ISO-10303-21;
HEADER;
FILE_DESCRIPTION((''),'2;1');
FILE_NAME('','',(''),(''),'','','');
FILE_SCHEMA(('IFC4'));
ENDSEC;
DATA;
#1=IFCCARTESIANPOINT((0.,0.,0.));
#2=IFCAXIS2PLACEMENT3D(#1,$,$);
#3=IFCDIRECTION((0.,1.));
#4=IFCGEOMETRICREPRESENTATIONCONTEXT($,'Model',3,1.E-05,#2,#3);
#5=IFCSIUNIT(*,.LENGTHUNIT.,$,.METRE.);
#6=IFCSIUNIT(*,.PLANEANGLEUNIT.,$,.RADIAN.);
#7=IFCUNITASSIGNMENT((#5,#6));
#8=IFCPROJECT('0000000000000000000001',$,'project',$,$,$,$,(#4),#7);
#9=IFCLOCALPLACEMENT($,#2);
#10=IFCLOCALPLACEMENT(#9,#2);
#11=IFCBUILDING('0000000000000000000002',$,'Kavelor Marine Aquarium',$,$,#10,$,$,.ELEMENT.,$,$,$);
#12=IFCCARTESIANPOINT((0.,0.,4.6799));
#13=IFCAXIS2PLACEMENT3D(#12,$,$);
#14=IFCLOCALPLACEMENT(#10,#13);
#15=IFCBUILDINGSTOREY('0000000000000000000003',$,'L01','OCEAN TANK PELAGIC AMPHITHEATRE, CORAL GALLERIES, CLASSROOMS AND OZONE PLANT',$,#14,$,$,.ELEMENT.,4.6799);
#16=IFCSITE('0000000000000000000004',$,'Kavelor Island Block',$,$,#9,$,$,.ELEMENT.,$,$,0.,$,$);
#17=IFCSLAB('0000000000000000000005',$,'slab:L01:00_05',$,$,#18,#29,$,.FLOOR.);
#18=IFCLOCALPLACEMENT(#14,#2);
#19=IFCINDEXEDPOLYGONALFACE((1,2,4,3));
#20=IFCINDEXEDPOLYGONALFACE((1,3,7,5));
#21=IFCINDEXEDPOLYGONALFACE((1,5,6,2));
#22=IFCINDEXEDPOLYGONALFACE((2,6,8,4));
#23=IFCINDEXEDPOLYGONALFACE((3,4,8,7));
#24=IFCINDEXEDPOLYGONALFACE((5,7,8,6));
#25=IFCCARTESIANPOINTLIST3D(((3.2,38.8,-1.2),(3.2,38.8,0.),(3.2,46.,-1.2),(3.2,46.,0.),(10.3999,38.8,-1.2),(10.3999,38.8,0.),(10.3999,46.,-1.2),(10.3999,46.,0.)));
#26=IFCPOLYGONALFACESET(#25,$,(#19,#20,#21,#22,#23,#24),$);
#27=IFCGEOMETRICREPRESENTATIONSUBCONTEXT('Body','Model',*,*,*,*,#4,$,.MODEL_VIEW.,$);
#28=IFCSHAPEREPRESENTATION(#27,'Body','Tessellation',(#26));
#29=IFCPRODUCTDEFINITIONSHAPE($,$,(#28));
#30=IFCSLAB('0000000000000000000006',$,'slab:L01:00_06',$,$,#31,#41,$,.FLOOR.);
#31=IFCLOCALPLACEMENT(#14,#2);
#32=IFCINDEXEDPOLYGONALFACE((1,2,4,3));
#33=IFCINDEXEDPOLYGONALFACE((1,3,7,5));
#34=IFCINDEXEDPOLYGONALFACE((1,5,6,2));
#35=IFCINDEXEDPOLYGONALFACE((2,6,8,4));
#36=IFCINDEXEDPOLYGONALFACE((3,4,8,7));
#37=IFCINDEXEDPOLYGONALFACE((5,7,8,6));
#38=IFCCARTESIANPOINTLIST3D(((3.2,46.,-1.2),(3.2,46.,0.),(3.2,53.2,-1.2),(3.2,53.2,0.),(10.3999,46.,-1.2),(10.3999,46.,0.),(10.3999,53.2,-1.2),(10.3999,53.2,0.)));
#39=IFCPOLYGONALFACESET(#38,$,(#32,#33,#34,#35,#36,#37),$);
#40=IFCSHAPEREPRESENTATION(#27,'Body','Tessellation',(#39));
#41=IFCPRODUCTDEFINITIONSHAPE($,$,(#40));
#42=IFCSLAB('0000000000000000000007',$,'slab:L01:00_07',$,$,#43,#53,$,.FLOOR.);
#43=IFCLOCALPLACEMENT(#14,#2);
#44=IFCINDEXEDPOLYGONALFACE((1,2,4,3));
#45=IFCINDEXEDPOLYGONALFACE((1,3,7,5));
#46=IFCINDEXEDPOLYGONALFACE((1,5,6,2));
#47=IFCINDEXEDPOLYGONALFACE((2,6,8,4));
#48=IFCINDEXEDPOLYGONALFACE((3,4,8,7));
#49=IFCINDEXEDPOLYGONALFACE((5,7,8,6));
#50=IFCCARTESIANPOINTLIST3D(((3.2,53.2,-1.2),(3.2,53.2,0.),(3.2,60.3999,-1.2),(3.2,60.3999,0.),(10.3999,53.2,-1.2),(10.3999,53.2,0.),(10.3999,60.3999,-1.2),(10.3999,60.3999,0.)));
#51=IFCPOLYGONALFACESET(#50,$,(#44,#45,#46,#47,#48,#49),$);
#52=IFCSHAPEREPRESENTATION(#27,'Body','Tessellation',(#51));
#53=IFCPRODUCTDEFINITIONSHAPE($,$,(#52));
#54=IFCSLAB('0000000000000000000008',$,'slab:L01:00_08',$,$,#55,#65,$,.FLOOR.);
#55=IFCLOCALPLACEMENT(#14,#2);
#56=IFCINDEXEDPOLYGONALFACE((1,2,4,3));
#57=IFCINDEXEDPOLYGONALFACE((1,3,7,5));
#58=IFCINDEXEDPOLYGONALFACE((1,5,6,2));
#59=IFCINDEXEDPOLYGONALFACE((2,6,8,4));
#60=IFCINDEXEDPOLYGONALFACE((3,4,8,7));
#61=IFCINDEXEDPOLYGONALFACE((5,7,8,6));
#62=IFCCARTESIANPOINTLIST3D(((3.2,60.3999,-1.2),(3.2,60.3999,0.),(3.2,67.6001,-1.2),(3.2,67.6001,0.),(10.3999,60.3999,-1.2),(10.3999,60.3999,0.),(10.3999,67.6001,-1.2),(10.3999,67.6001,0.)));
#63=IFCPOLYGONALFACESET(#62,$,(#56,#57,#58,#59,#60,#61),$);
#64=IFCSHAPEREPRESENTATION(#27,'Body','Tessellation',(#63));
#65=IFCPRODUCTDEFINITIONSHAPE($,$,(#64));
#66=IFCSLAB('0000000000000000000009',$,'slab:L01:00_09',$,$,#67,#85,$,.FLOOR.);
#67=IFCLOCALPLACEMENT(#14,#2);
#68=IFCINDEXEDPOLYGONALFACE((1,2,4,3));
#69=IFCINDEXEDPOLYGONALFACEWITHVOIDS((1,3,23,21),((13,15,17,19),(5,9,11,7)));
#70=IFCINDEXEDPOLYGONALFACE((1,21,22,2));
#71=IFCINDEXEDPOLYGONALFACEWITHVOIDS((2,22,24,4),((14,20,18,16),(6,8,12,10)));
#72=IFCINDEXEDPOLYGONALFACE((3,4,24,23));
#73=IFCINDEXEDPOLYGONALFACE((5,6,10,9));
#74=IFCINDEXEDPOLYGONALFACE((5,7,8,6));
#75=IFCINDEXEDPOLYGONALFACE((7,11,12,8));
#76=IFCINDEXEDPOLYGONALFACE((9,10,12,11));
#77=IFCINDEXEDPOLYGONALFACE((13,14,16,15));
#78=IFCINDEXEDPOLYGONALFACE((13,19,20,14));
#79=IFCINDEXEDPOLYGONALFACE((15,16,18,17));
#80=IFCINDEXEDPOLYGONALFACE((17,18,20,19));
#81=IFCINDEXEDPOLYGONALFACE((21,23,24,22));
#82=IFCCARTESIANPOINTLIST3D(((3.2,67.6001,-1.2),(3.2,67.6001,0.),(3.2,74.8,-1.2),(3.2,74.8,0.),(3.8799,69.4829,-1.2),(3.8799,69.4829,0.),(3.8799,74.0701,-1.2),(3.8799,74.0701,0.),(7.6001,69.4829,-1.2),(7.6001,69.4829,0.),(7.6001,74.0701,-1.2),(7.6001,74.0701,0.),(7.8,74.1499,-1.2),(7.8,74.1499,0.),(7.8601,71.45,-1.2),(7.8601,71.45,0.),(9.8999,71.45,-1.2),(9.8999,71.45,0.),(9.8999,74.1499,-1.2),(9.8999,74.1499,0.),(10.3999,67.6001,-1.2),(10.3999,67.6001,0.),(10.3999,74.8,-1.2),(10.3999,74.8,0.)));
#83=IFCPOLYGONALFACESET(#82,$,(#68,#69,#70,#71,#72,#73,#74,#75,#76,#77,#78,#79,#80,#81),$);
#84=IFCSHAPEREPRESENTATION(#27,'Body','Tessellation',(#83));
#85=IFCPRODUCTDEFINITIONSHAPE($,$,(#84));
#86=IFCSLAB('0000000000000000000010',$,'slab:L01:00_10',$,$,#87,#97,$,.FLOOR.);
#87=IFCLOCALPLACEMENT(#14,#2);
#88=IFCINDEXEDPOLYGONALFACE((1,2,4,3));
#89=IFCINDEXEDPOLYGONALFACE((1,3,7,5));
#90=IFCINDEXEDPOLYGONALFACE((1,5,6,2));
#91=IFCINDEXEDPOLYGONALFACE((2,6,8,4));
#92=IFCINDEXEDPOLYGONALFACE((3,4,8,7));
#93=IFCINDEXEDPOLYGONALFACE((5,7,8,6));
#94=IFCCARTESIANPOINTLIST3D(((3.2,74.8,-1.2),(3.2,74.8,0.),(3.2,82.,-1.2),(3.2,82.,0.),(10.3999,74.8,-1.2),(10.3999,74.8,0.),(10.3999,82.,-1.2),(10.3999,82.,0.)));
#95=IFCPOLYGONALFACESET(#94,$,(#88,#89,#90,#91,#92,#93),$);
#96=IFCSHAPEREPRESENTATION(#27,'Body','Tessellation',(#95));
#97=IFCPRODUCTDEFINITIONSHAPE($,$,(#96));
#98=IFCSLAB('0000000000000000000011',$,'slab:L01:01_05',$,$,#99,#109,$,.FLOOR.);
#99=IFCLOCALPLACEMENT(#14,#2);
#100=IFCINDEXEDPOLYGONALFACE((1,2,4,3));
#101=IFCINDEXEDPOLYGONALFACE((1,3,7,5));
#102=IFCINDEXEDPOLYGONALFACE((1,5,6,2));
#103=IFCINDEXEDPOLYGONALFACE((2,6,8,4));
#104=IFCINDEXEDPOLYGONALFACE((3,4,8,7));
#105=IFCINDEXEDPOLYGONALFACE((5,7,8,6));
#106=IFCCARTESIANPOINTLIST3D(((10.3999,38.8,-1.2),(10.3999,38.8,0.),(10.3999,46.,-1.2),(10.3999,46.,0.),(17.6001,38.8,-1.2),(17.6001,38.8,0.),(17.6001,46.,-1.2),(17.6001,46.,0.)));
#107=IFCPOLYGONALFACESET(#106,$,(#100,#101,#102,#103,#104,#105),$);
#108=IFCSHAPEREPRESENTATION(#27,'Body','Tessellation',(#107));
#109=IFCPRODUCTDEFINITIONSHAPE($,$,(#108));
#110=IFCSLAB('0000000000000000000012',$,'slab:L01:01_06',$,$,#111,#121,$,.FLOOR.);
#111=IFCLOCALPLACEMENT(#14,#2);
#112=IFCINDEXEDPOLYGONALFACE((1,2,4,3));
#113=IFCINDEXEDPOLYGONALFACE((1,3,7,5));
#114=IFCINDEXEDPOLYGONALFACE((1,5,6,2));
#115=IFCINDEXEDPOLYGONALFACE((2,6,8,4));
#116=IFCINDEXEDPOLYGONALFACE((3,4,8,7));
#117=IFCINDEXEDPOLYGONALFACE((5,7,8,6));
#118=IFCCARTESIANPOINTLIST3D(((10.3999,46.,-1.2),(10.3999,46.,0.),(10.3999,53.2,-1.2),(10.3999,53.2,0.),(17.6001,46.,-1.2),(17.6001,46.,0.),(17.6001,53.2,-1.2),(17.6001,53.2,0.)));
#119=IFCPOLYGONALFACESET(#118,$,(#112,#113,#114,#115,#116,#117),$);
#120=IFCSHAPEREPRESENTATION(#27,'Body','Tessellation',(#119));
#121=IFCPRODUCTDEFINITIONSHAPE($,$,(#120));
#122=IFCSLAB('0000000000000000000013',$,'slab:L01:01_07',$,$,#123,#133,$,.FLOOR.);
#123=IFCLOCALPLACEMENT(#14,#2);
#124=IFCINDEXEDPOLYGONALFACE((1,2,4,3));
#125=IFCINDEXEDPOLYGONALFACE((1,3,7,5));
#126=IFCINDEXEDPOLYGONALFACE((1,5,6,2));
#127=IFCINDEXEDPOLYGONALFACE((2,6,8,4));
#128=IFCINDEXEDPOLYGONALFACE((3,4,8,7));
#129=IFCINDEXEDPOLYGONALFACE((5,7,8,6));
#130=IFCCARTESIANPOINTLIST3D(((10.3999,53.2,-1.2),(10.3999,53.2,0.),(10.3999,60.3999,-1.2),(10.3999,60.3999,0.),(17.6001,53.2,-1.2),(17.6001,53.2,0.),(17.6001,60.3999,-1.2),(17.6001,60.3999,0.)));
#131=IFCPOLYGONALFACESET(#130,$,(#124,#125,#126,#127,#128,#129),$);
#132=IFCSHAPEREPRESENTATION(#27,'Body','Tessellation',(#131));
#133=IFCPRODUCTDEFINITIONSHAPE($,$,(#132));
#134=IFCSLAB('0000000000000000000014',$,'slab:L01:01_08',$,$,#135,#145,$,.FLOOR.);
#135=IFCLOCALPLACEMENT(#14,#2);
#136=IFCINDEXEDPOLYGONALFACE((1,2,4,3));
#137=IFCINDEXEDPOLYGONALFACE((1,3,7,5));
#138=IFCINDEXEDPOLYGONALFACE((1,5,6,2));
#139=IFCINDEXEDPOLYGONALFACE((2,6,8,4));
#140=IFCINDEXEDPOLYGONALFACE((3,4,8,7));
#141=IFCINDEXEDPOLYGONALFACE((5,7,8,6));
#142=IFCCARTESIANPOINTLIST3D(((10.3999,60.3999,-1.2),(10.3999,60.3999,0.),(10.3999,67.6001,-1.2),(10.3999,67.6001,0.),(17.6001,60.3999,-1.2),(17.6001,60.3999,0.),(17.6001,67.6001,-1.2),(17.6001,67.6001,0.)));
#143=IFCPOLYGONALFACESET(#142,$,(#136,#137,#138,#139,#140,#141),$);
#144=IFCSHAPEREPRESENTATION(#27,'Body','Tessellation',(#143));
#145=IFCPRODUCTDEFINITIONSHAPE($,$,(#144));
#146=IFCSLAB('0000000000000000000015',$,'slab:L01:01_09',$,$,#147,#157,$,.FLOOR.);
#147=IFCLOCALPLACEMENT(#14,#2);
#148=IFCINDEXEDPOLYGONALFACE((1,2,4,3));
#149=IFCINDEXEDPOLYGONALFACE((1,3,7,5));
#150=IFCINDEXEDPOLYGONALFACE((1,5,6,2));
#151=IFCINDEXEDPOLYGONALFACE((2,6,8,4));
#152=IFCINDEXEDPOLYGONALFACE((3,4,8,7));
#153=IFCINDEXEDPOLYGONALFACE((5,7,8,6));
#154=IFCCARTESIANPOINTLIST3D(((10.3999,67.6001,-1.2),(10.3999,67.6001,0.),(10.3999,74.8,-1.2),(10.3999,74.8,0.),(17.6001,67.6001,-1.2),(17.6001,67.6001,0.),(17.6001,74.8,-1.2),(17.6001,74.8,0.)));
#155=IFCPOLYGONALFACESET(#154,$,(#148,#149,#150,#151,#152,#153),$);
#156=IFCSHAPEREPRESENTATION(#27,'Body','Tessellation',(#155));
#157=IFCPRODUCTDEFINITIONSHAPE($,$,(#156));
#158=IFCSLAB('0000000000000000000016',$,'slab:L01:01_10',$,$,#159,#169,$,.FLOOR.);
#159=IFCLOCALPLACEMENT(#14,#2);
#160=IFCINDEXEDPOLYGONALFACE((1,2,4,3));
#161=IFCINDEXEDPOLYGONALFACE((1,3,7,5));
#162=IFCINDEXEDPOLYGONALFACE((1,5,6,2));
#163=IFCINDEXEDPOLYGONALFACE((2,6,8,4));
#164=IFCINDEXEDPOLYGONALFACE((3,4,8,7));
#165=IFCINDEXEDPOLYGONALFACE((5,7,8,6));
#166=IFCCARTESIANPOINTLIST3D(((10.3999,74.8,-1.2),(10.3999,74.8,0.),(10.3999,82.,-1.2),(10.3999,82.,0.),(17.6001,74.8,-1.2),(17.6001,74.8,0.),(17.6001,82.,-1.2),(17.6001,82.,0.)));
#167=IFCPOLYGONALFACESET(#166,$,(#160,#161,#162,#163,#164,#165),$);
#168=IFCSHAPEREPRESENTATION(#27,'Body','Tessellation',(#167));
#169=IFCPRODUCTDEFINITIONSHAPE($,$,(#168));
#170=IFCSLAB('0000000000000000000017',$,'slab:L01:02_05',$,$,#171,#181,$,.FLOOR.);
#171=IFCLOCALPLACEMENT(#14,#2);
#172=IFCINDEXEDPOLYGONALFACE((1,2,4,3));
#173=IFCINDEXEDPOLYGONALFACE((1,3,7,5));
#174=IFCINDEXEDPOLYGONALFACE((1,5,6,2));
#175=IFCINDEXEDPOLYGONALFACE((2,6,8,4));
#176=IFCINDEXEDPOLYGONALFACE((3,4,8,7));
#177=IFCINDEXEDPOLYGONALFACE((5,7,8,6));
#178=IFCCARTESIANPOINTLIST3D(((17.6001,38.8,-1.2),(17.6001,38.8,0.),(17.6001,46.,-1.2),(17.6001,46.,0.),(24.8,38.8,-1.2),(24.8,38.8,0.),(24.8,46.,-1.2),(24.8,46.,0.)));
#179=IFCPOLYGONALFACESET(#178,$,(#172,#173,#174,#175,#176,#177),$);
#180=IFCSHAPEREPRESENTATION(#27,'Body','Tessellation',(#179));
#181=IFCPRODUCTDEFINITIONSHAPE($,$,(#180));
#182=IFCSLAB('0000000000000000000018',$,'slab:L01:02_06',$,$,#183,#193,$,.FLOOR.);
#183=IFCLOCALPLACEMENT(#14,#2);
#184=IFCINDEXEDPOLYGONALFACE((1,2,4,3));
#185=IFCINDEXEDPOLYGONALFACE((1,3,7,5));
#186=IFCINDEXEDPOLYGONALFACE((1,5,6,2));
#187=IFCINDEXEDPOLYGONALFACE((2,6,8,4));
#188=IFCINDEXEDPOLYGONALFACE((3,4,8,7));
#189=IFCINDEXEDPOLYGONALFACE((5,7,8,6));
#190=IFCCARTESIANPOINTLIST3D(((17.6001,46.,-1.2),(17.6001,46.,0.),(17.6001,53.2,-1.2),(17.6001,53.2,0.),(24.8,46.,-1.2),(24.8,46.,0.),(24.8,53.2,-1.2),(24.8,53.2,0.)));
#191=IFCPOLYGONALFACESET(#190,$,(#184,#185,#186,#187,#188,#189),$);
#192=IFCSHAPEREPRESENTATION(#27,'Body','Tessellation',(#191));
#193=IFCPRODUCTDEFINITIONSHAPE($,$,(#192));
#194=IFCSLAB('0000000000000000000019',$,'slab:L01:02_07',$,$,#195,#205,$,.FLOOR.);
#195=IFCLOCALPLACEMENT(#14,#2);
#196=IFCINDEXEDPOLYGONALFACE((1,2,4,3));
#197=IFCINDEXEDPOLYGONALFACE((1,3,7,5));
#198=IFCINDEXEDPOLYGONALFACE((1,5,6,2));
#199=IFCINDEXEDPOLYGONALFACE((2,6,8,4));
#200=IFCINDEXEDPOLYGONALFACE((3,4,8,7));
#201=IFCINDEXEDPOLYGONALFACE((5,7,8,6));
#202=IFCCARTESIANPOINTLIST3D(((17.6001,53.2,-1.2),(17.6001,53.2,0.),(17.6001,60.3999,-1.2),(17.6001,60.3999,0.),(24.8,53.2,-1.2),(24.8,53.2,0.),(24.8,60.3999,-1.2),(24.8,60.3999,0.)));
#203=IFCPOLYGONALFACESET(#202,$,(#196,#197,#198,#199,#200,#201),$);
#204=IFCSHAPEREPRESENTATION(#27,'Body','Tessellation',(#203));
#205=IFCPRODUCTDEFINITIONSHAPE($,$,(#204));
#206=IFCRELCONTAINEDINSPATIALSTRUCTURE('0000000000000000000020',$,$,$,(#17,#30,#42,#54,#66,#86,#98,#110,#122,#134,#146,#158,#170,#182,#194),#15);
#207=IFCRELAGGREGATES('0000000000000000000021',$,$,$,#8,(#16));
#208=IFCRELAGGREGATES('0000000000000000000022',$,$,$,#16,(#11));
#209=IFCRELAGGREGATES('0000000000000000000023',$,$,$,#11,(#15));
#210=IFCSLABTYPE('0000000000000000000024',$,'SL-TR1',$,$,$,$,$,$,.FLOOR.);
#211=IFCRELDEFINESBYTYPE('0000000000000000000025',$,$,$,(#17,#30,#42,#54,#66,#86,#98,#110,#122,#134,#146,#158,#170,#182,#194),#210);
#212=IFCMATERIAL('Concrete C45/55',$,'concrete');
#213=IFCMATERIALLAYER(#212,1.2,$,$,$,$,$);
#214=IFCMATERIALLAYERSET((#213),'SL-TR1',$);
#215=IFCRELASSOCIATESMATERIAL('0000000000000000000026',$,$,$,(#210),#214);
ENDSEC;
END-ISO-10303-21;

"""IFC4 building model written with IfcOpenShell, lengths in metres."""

from ifc_helpers import new_model, si_unit, direction, frame, origin, place, context, subcontext, project, spatial, polyline, outline, extrude, material, layer, layer_set, type_object, element, save


model = new_model("IFC4")

# Units and contexts
model_context = context("Model", 3, precision=1e-05, world=origin(), true_north=direction((0.0, 1.0)))
body_context = subcontext(model_context, "Body", "Model", "MODEL_VIEW")
ifc_project = project(units=[si_unit("LENGTHUNIT", "METRE"), si_unit("PLANEANGLEUNIT", "RADIAN")], contexts=[model_context])

# Site, building, storey
site_placement = place(None, origin())
site = spatial("IfcSite", under=ifc_project, at=site_placement, Name="Kavelor Island Block", CompositionType="ELEMENT", RefElevation=0.0)
building_placement = place(site_placement, origin())
building = spatial("IfcBuilding", under=site, at=building_placement, Name="Kavelor Marine Aquarium", CompositionType="ELEMENT")
storey_placement = place(building_placement, frame((0.0, 0.0, 4.6799)))
storey = spatial("IfcBuildingStorey", under=building, at=storey_placement, Name="L01", Description="OCEAN TANK PELAGIC AMPHITHEATRE, CORAL GALLERIES, CLASSROOMS AND OZONE PLANT", CompositionType="ELEMENT", Elevation=4.6799)

# Slabs
ifc_material_1 = material(Name="Concrete C45/55", Category="concrete")
ifc_layer_1 = layer(ifc_material_1, 1.2)
ifc_layer_set_1 = layer_set([ifc_layer_1], Name="SL-TR1")
slab_type = type_object("IfcSlabType", Name="SL-TR1", PredefinedType="FLOOR", material=ifc_layer_set_1)
slab_1_placement = place(storey_placement, frame((0.0, 0.0, -1.2)))
element("IfcSlab", 1, at=slab_1_placement, inside=storey, type_object=slab_type, Name="slab:L01:00_05", PredefinedType="FLOOR", context=body_context, shape_type="SweptSolid", body=[
    extrude(outline(polyline([(3.2, 38.8), (10.3999, 38.8), (10.3999, 46.0), (3.2, 46.0), (3.2, 38.8)])), origin(), (0.0, 0.0, 1.0), 1.2),
])
slab_2_placement = place(storey_placement, frame((0.0, 0.0, -1.2)))
element("IfcSlab", 2, at=slab_2_placement, inside=storey, type_object=slab_type, Name="slab:L01:00_06", PredefinedType="FLOOR", context=body_context, shape_type="SweptSolid", body=[
    extrude(outline(polyline([(3.2, 46.0), (10.3999, 46.0), (10.3999, 53.2), (3.2, 53.2), (3.2, 46.0)])), origin(), (0.0, 0.0, 1.0), 1.2),
])
slab_3_placement = place(storey_placement, frame((0.0, 0.0, -1.2)))
element("IfcSlab", 3, at=slab_3_placement, inside=storey, type_object=slab_type, Name="slab:L01:00_07", PredefinedType="FLOOR", context=body_context, shape_type="SweptSolid", body=[
    extrude(outline(polyline([(3.2, 53.2), (10.3999, 53.2), (10.3999, 60.3999), (3.2, 60.3999), (3.2, 53.2)])), origin(), (0.0, 0.0, 1.0), 1.2),
])
slab_4_placement = place(storey_placement, frame((0.0, 0.0, -1.2)))
element("IfcSlab", 4, at=slab_4_placement, inside=storey, type_object=slab_type, Name="slab:L01:00_08", PredefinedType="FLOOR", context=body_context, shape_type="SweptSolid", body=[
    extrude(outline(polyline([(3.2, 60.3999), (10.3999, 60.3999), (10.3999, 67.6001), (3.2, 67.6001), (3.2, 60.3999)])), origin(), (0.0, 0.0, 1.0), 1.2),
])
slab_5_placement = place(storey_placement, frame((0.0, 0.0, -1.2)))
element("IfcSlab", 5, at=slab_5_placement, inside=storey, type_object=slab_type, Name="slab:L01:00_09", PredefinedType="FLOOR", context=body_context, shape_type="SweptSolid", body=[
    extrude(outline(polyline([(3.2, 67.6001), (10.3999, 67.6001), (10.3999, 74.8), (3.2, 74.8), (3.2, 67.6001)]), holes=[polyline([(3.8799, 69.4829), (7.6001, 69.4829), (7.6001, 74.0701), (3.8799, 74.0701), (3.8799, 69.4829)]), polyline([(7.8601, 71.45), (9.8999, 71.45), (9.8999, 74.1499), (7.8, 74.1499), (7.8601, 71.45)])]), origin(), (0.0, 0.0, 1.0), 1.2),
])
slab_6_placement = place(storey_placement, frame((0.0, 0.0, -1.2)))
element("IfcSlab", 6, at=slab_6_placement, inside=storey, type_object=slab_type, Name="slab:L01:00_10", PredefinedType="FLOOR", context=body_context, shape_type="SweptSolid", body=[
    extrude(outline(polyline([(3.2, 74.8), (10.3999, 74.8), (10.3999, 82.0), (3.2, 82.0), (3.2, 74.8)])), origin(), (0.0, 0.0, 1.0), 1.2),
])
slab_7_placement = place(storey_placement, frame((0.0, 0.0, -1.2)))
element("IfcSlab", 7, at=slab_7_placement, inside=storey, type_object=slab_type, Name="slab:L01:01_05", PredefinedType="FLOOR", context=body_context, shape_type="SweptSolid", body=[
    extrude(outline(polyline([(10.3999, 38.8), (17.6001, 38.8), (17.6001, 46.0), (10.3999, 46.0), (10.3999, 38.8)])), origin(), (0.0, 0.0, 1.0), 1.2),
])
slab_8_placement = place(storey_placement, frame((0.0, 0.0, -1.2)))
element("IfcSlab", 8, at=slab_8_placement, inside=storey, type_object=slab_type, Name="slab:L01:01_06", PredefinedType="FLOOR", context=body_context, shape_type="SweptSolid", body=[
    extrude(outline(polyline([(10.3999, 46.0), (17.6001, 46.0), (17.6001, 53.2), (10.3999, 53.2), (10.3999, 46.0)])), origin(), (0.0, 0.0, 1.0), 1.2),
])
slab_9_placement = place(storey_placement, frame((0.0, 0.0, -1.2)))
element("IfcSlab", 9, at=slab_9_placement, inside=storey, type_object=slab_type, Name="slab:L01:01_07", PredefinedType="FLOOR", context=body_context, shape_type="SweptSolid", body=[
    extrude(outline(polyline([(10.3999, 53.2), (17.6001, 53.2), (17.6001, 60.3999), (10.3999, 60.3999), (10.3999, 53.2)])), origin(), (0.0, 0.0, 1.0), 1.2),
])
slab_10_placement = place(storey_placement, frame((0.0, 0.0, -1.2)))
element("IfcSlab", 10, at=slab_10_placement, inside=storey, type_object=slab_type, Name="slab:L01:01_08", PredefinedType="FLOOR", context=body_context, shape_type="SweptSolid", body=[
    extrude(outline(polyline([(10.3999, 60.3999), (17.6001, 60.3999), (17.6001, 67.6001), (10.3999, 67.6001), (10.3999, 60.3999)])), origin(), (0.0, 0.0, 1.0), 1.2),
])
slab_11_placement = place(storey_placement, frame((0.0, 0.0, -1.2)))
element("IfcSlab", 11, at=slab_11_placement, inside=storey, type_object=slab_type, Name="slab:L01:01_09", PredefinedType="FLOOR", context=body_context, shape_type="SweptSolid", body=[
    extrude(outline(polyline([(10.3999, 67.6001), (17.6001, 67.6001), (17.6001, 74.8), (10.3999, 74.8), (10.3999, 67.6001)])), origin(), (0.0, 0.0, 1.0), 1.2),
])
slab_12_placement = place(storey_placement, frame((0.0, 0.0, -1.2)))
element("IfcSlab", 12, at=slab_12_placement, inside=storey, type_object=slab_type, Name="slab:L01:01_10", PredefinedType="FLOOR", context=body_context, shape_type="SweptSolid", body=[
    extrude(outline(polyline([(10.3999, 74.8), (17.6001, 74.8), (17.6001, 82.0), (10.3999, 82.0), (10.3999, 74.8)])), origin(), (0.0, 0.0, 1.0), 1.2),
])
slab_13_placement = place(storey_placement, frame((0.0, 0.0, -1.2)))
element("IfcSlab", 13, at=slab_13_placement, inside=storey, type_object=slab_type, Name="slab:L01:02_05", PredefinedType="FLOOR", context=body_context, shape_type="SweptSolid", body=[
    extrude(outline(polyline([(17.6001, 38.8), (24.8, 38.8), (24.8, 46.0), (17.6001, 46.0), (17.6001, 38.8)])), origin(), (0.0, 0.0, 1.0), 1.2),
])
slab_14_placement = place(storey_placement, frame((0.0, 0.0, -1.2)))
element("IfcSlab", 14, at=slab_14_placement, inside=storey, type_object=slab_type, Name="slab:L01:02_06", PredefinedType="FLOOR", context=body_context, shape_type="SweptSolid", body=[
    extrude(outline(polyline([(17.6001, 46.0), (24.8, 46.0), (24.8, 53.2), (17.6001, 53.2), (17.6001, 46.0)])), origin(), (0.0, 0.0, 1.0), 1.2),
])
slab_15_placement = place(storey_placement, frame((0.0, 0.0, -1.2)))
element("IfcSlab", 15, at=slab_15_placement, inside=storey, type_object=slab_type, Name="slab:L01:02_07", PredefinedType="FLOOR", context=body_context, shape_type="SweptSolid", body=[
    extrude(outline(polyline([(17.6001, 53.2), (24.8, 53.2), (24.8, 60.3999), (17.6001, 60.3999), (17.6001, 53.2)])), origin(), (0.0, 0.0, 1.0), 1.2),
])

save(model, "model.ifc")
